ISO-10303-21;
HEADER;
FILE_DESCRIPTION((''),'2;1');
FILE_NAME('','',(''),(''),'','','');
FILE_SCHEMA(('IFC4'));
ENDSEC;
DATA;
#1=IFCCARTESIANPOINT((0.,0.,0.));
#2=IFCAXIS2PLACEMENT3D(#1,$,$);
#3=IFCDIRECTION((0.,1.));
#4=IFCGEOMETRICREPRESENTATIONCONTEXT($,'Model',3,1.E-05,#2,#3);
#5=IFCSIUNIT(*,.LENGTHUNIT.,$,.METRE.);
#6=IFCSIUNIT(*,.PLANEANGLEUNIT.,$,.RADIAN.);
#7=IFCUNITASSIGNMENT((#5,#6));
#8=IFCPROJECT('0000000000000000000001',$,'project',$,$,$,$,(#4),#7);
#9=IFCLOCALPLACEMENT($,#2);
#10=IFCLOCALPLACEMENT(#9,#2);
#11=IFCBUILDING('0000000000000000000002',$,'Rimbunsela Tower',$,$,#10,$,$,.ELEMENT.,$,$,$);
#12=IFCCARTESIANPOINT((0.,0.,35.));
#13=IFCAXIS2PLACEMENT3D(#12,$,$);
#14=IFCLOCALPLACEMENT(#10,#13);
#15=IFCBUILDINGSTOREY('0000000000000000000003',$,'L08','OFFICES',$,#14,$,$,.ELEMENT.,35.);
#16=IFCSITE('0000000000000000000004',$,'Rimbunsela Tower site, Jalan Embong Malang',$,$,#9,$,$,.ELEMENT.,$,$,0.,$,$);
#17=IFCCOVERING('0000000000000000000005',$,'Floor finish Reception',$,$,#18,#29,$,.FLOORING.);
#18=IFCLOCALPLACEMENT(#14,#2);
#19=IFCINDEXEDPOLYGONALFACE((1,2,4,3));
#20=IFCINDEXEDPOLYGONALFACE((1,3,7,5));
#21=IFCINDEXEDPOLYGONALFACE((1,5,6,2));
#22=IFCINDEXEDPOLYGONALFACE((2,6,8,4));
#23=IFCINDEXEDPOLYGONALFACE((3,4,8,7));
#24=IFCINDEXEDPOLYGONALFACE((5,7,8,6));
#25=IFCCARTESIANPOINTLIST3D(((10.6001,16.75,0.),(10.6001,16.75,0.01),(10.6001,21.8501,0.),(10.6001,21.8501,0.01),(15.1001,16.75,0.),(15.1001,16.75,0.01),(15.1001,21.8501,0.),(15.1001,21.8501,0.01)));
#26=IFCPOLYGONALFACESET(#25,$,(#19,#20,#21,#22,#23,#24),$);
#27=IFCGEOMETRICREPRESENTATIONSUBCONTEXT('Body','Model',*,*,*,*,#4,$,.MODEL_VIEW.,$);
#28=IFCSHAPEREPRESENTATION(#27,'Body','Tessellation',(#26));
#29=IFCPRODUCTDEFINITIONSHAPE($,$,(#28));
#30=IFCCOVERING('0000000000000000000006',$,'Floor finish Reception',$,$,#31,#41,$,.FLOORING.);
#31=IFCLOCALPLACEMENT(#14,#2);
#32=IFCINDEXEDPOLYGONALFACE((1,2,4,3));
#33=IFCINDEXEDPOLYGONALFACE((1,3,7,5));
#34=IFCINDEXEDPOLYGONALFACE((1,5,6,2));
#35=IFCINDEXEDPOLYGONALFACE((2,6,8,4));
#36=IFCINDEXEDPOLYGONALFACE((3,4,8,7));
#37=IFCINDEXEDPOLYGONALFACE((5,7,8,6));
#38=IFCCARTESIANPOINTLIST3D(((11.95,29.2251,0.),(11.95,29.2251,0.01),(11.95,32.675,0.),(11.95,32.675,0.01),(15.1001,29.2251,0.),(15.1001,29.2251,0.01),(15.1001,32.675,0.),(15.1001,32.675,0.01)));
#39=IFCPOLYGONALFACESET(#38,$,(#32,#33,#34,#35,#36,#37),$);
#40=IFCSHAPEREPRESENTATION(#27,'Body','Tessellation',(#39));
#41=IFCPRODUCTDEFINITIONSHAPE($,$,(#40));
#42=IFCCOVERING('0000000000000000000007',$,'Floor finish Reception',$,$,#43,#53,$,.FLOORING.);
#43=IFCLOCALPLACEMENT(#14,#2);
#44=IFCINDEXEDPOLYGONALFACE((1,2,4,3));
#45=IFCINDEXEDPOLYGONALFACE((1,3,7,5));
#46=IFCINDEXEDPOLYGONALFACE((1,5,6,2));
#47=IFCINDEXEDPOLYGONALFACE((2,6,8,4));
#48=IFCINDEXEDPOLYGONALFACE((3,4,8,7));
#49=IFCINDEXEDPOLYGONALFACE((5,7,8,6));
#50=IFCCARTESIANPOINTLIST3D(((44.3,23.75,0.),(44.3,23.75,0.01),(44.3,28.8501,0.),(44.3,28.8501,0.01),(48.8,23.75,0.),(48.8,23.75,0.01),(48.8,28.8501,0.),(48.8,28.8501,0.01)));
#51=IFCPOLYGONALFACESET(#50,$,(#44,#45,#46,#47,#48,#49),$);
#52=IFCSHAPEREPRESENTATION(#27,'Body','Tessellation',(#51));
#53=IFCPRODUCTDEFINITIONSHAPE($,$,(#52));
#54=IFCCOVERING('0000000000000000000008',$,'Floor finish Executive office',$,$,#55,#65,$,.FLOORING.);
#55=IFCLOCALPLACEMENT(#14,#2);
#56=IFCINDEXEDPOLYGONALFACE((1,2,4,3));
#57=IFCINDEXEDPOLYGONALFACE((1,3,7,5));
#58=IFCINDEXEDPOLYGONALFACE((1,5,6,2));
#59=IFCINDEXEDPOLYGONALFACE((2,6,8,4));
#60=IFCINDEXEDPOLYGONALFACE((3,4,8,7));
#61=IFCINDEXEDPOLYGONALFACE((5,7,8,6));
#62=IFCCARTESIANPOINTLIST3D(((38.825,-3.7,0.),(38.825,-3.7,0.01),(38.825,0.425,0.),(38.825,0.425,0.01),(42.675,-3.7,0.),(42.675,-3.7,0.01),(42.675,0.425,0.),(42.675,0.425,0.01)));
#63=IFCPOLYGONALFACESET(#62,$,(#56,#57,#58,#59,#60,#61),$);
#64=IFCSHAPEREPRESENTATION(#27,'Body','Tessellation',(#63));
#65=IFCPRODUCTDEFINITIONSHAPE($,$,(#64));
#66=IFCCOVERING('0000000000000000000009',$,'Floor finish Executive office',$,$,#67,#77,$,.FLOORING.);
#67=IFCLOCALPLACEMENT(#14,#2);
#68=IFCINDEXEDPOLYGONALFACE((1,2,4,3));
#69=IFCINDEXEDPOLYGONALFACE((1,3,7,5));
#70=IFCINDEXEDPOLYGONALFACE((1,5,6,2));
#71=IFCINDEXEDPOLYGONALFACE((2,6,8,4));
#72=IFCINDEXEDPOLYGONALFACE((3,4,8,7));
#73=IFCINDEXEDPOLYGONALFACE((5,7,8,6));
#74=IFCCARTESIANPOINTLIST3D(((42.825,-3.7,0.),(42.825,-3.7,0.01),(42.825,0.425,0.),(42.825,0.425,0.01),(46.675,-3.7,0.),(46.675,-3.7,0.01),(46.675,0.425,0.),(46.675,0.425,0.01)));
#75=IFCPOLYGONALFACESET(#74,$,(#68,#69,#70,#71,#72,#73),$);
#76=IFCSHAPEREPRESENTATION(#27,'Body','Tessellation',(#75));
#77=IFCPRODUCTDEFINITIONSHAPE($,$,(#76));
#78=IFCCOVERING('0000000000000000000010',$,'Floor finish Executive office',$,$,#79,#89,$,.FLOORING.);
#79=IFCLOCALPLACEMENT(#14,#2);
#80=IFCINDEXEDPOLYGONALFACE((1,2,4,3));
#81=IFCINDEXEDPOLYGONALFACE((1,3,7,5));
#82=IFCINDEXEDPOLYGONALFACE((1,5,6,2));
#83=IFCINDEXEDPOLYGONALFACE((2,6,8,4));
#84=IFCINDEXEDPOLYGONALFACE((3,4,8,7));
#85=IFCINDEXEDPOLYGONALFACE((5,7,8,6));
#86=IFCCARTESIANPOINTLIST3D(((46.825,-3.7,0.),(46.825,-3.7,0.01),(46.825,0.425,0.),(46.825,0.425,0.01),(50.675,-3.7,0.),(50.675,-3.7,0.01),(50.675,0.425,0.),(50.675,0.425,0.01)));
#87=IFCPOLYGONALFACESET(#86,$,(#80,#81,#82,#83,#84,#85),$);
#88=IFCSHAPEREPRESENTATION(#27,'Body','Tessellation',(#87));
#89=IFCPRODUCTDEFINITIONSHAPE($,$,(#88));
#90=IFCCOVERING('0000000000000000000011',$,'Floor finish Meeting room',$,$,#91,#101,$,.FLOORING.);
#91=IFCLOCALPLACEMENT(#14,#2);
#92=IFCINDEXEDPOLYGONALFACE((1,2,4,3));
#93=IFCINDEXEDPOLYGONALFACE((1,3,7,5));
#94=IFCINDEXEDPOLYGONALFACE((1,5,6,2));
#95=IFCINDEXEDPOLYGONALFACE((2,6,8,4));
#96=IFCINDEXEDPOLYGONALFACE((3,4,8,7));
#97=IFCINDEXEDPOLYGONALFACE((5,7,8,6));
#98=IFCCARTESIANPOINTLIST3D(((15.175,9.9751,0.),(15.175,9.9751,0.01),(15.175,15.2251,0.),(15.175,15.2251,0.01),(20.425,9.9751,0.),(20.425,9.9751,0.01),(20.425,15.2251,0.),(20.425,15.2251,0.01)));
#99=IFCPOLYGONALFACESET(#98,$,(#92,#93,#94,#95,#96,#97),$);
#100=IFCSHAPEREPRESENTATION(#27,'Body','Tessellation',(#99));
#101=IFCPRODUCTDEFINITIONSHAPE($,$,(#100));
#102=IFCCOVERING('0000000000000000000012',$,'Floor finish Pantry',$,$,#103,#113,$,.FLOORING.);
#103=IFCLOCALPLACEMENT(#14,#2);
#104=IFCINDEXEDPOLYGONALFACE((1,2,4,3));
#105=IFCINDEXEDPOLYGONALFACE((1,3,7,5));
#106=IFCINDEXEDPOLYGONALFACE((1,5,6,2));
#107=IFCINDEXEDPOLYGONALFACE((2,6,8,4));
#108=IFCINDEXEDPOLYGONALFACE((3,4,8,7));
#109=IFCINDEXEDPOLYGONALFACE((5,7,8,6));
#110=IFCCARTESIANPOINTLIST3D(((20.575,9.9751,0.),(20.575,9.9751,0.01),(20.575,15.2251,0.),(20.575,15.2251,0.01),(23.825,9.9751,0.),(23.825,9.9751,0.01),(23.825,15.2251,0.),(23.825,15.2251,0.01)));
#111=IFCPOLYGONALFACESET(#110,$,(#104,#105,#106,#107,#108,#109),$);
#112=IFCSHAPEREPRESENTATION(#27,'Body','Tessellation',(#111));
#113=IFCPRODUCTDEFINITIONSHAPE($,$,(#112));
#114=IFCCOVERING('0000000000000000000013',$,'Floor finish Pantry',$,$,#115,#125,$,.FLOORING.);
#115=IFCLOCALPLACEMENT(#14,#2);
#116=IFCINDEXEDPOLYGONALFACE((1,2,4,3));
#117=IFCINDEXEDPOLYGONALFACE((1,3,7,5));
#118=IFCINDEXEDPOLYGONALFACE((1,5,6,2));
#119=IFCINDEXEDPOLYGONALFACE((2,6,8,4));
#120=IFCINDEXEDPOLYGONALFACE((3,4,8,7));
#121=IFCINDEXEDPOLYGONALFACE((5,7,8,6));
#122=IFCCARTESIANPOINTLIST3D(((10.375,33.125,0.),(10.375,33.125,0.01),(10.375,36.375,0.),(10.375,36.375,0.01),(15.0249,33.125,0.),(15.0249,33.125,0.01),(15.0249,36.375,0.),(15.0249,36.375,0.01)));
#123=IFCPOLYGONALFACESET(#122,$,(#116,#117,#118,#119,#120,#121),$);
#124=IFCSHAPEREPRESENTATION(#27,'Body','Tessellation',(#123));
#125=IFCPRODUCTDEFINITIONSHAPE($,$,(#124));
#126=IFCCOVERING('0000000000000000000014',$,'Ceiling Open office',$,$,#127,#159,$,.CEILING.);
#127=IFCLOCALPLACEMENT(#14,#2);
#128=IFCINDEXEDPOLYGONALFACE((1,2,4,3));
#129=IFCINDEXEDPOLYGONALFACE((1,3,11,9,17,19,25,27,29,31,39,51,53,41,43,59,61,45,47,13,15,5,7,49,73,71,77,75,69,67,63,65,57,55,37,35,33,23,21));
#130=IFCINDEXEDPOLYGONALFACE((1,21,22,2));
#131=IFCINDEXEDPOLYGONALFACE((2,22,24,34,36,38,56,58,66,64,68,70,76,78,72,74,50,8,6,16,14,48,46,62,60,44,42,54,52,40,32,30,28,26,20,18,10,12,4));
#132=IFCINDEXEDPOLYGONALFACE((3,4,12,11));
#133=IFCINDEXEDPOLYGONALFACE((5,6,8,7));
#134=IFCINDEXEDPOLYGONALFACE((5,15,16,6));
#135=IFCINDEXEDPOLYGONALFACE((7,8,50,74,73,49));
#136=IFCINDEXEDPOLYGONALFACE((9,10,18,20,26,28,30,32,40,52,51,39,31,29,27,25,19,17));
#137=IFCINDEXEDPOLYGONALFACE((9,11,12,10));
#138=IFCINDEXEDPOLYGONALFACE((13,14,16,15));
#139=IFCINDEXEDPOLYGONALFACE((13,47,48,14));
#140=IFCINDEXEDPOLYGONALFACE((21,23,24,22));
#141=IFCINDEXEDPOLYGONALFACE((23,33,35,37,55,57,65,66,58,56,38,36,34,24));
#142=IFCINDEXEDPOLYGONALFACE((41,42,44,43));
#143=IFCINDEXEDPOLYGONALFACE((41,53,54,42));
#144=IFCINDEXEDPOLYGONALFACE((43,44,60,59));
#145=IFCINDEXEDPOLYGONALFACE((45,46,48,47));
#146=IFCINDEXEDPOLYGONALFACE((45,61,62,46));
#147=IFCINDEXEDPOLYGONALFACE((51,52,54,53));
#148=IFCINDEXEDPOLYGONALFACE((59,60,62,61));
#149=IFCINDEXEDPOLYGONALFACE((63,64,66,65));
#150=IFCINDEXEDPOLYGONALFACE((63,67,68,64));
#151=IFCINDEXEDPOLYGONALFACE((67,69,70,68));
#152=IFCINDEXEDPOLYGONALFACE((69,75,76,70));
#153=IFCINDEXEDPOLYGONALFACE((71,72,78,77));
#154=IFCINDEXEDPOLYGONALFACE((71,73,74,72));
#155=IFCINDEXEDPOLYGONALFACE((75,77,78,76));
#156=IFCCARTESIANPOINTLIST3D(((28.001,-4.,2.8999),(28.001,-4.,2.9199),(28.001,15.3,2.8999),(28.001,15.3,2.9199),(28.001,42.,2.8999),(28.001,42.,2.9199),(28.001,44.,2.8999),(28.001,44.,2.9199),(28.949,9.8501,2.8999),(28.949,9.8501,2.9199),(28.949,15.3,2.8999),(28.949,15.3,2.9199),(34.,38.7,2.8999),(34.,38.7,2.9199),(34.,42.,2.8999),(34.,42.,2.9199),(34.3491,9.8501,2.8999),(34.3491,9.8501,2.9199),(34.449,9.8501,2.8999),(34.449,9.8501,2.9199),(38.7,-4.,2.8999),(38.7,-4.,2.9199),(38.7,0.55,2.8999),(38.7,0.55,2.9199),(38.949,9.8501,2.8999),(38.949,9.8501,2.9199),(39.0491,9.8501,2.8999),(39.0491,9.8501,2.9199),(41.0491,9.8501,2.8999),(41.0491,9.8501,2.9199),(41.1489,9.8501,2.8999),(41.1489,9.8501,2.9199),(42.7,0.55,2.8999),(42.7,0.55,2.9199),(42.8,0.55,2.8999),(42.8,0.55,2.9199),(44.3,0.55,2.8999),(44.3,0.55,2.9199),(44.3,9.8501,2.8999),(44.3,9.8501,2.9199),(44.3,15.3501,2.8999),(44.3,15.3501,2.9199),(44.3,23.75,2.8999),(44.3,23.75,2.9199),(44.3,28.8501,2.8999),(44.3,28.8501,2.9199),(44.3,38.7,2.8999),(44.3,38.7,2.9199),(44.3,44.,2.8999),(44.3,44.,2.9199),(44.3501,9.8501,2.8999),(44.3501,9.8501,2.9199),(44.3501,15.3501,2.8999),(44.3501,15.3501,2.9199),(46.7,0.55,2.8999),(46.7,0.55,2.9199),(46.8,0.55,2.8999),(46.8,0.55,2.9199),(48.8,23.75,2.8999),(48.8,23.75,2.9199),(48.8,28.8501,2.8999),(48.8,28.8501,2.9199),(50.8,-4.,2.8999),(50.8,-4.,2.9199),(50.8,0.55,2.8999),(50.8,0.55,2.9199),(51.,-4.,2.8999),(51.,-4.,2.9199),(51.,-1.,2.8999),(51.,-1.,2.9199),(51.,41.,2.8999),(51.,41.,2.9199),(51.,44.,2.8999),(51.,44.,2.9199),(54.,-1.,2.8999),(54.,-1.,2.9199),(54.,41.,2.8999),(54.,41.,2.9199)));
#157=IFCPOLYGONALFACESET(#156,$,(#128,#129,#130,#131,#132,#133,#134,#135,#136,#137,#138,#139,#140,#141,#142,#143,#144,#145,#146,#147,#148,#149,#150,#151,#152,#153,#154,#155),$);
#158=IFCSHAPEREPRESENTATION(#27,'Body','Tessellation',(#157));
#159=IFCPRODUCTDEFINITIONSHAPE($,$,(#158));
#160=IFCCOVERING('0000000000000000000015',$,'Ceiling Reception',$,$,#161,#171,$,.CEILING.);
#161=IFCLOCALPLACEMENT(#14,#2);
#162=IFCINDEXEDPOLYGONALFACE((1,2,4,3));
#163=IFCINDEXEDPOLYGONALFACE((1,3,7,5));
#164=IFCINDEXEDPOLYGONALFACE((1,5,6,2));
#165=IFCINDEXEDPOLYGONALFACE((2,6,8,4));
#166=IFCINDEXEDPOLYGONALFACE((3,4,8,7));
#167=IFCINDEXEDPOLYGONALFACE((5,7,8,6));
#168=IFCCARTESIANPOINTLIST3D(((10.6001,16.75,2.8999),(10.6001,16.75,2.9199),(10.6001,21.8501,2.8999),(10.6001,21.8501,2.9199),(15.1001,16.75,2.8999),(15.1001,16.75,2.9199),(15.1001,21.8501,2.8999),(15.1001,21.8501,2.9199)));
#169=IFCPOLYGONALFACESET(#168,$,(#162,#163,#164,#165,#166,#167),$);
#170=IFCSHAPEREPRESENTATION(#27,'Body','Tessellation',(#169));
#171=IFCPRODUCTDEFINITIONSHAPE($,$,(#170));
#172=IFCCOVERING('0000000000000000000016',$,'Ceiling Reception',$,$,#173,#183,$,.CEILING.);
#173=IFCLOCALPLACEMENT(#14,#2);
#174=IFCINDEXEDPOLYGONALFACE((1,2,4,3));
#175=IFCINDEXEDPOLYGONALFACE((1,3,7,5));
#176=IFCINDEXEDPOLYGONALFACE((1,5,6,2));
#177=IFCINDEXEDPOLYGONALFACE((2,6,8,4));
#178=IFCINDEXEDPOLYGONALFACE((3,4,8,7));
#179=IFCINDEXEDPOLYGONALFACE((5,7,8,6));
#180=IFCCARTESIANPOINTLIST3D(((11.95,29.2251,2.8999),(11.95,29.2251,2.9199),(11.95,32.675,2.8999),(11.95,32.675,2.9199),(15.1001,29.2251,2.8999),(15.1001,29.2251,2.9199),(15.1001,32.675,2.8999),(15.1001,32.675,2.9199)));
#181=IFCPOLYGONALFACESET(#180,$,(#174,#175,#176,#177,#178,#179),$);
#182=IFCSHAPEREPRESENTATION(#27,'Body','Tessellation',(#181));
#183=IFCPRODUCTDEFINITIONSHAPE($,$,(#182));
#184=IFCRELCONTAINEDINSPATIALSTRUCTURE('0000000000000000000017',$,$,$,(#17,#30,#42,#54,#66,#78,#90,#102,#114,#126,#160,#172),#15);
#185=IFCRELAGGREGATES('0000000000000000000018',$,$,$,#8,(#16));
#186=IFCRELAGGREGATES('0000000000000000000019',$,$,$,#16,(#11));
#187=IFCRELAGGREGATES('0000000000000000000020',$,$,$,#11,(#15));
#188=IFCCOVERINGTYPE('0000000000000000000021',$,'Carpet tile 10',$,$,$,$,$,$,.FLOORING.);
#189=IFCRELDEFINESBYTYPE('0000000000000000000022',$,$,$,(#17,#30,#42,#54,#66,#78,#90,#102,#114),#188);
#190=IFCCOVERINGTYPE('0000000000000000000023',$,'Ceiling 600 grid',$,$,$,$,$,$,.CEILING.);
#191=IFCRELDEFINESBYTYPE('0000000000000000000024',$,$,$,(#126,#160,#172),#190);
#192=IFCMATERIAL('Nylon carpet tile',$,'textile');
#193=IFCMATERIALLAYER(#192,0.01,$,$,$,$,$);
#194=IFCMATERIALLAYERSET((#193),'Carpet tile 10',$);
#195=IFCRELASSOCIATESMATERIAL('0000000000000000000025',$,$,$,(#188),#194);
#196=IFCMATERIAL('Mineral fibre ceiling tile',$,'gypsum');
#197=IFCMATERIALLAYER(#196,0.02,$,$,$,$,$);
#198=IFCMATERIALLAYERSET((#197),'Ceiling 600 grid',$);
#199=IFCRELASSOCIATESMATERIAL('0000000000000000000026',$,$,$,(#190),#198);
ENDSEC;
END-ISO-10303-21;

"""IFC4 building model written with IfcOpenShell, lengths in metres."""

from ifc_helpers import new_model, si_unit, direction, frame, origin, place, context, subcontext, project, spatial, polyline, outline, extrude, material, layer, layer_set, type_object, element, save


model = new_model("IFC4")

# Units and contexts
model_context = context("Model", 3, precision=1e-05, world=origin(), true_north=direction((0.0, 1.0)))
body_context = subcontext(model_context, "Body", "Model", "MODEL_VIEW")
ifc_project = project(units=[si_unit("LENGTHUNIT", "METRE"), si_unit("PLANEANGLEUNIT", "RADIAN")], contexts=[model_context])

# Site, building, storey
site_placement = place(None, origin())
site = spatial("IfcSite", under=ifc_project, at=site_placement, Name="Rimbunsela Tower site, Jalan Embong Malang", CompositionType="ELEMENT", RefElevation=0.0)
building_placement = place(site_placement, origin())
building = spatial("IfcBuilding", under=site, at=building_placement, Name="Rimbunsela Tower", CompositionType="ELEMENT")
storey_placement = place(building_placement, frame((0.0, 0.0, 35.0)))
storey = spatial("IfcBuildingStorey", under=building, at=storey_placement, Name="L08", Description="OFFICES", CompositionType="ELEMENT", Elevation=35.0)

# Coverings
ifc_material_1 = material(Name="Nylon carpet tile", Category="textile")
ifc_layer_1 = layer(ifc_material_1, 0.01)
ifc_layer_set_1 = layer_set([ifc_layer_1], Name="Carpet tile 10")
covering_type_1 = type_object("IfcCoveringType", Name="Carpet tile 10", PredefinedType="FLOORING", material=ifc_layer_set_1)
covering_1_placement = place(storey_placement, origin())
element("IfcCovering", 1, at=covering_1_placement, inside=storey, type_object=covering_type_1, Name="Floor finish Reception", PredefinedType="FLOORING", context=body_context, shape_type="SweptSolid", body=[
    extrude(outline(polyline([(15.1001, 16.75), (15.1001, 21.8501), (10.6001, 21.8501), (10.6001, 16.75), (15.1001, 16.75)])), origin(), (0.0, 0.0, 1.0), 0.01),
])
covering_2_placement = place(storey_placement, origin())
element("IfcCovering", 2, at=covering_2_placement, inside=storey, type_object=covering_type_1, Name="Floor finish Reception", PredefinedType="FLOORING", context=body_context, shape_type="SweptSolid", body=[
    extrude(outline(polyline([(15.1001, 29.2251), (15.1001, 32.675), (11.95, 32.675), (11.95, 29.2251), (15.1001, 29.2251)])), origin(), (0.0, 0.0, 1.0), 0.01),
])
covering_3_placement = place(storey_placement, origin())
element("IfcCovering", 3, at=covering_3_placement, inside=storey, type_object=covering_type_1, Name="Floor finish Reception", PredefinedType="FLOORING", context=body_context, shape_type="SweptSolid", body=[
    extrude(outline(polyline([(48.8, 23.75), (48.8, 28.8501), (44.3, 28.8501), (44.3, 23.75), (48.8, 23.75)])), origin(), (0.0, 0.0, 1.0), 0.01),
])
covering_4_placement = place(storey_placement, origin())
element("IfcCovering", 4, at=covering_4_placement, inside=storey, type_object=covering_type_1, Name="Floor finish Executive office", PredefinedType="FLOORING", context=body_context, shape_type="SweptSolid", body=[
    extrude(outline(polyline([(42.675, -3.7), (42.675, 0.425), (38.825, 0.425), (38.825, -3.7), (42.675, -3.7)])), origin(), (0.0, 0.0, 1.0), 0.01),
])
covering_5_placement = place(storey_placement, origin())
element("IfcCovering", 5, at=covering_5_placement, inside=storey, type_object=covering_type_1, Name="Floor finish Executive office", PredefinedType="FLOORING", context=body_context, shape_type="SweptSolid", body=[
    extrude(outline(polyline([(46.675, -3.7), (46.675, 0.425), (42.825, 0.425), (42.825, -3.7), (46.675, -3.7)])), origin(), (0.0, 0.0, 1.0), 0.01),
])
covering_6_placement = place(storey_placement, origin())
element("IfcCovering", 6, at=covering_6_placement, inside=storey, type_object=covering_type_1, Name="Floor finish Executive office", PredefinedType="FLOORING", context=body_context, shape_type="SweptSolid", body=[
    extrude(outline(polyline([(50.675, -3.7), (50.675, 0.425), (46.825, 0.425), (46.825, -3.7), (50.675, -3.7)])), origin(), (0.0, 0.0, 1.0), 0.01),
])
covering_7_placement = place(storey_placement, origin())
element("IfcCovering", 7, at=covering_7_placement, inside=storey, type_object=covering_type_1, Name="Floor finish Meeting room", PredefinedType="FLOORING", context=body_context, shape_type="SweptSolid", body=[
    extrude(outline(polyline([(20.425, 9.9751), (20.425, 15.2251), (15.175, 15.2251), (15.175, 9.9751), (20.425, 9.9751)])), origin(), (0.0, 0.0, 1.0), 0.01),
])
covering_8_placement = place(storey_placement, origin())
element("IfcCovering", 8, at=covering_8_placement, inside=storey, type_object=covering_type_1, Name="Floor finish Pantry", PredefinedType="FLOORING", context=body_context, shape_type="SweptSolid", body=[
    extrude(outline(polyline([(23.825, 9.9751), (23.825, 15.2251), (20.575, 15.2251), (20.575, 9.9751), (23.825, 9.9751)])), origin(), (0.0, 0.0, 1.0), 0.01),
])
covering_9_placement = place(storey_placement, origin())
element("IfcCovering", 9, at=covering_9_placement, inside=storey, type_object=covering_type_1, Name="Floor finish Pantry", PredefinedType="FLOORING", context=body_context, shape_type="SweptSolid", body=[
    extrude(outline(polyline([(15.0249, 33.125), (15.0249, 36.375), (10.375, 36.375), (10.375, 33.125), (15.0249, 33.125)])), origin(), (0.0, 0.0, 1.0), 0.01),
])
ifc_material_2 = material(Name="Mineral fibre ceiling tile", Category="gypsum")
ifc_layer_2 = layer(ifc_material_2, 0.02)
ifc_layer_set_2 = layer_set([ifc_layer_2], Name="Ceiling 600 grid")
covering_type_2 = type_object("IfcCoveringType", Name="Ceiling 600 grid", PredefinedType="CEILING", material=ifc_layer_set_2)
covering_10_placement = place(storey_placement, frame((0.0, 0.0, 2.8999)))
element("IfcCovering", 10, at=covering_10_placement, inside=storey, type_object=covering_type_2, Name="Ceiling Open office", PredefinedType="CEILING", context=body_context, shape_type="SweptSolid", body=[
    extrude(outline(polyline([(42.7, 0.55), (38.7, 0.55), (38.7, -4.0), (28.001, -4.0), (28.001, 15.3), (28.949, 15.3), (28.949, 9.8501), (34.3491, 9.8501), (34.449, 9.8501), (38.949, 9.8501), (39.0491, 9.8501), (41.0491, 9.8501), (41.1489, 9.8501), (44.3, 9.8501), (44.3501, 9.8501), (44.3501, 15.3501), (44.3, 15.3501), (44.3, 23.75), (48.8, 23.75), (48.8, 28.8501), (44.3, 28.8501), (44.3, 38.7), (34.0, 38.7), (34.0, 42.0), (28.001, 42.0), (28.001, 44.0), (44.3, 44.0), (51.0, 44.0), (51.0, 41.0), (54.0, 41.0), (54.0, -1.0), (51.0, -1.0), (51.0, -4.0), (50.8, -4.0), (50.8, 0.55), (46.8, 0.55), (46.7, 0.55), (44.3, 0.55), (42.8, 0.55), (42.7, 0.55)])), origin(), (0.0, 0.0, 1.0), 0.02),
])
covering_11_placement = place(storey_placement, frame((0.0, 0.0, 2.8999)))
element("IfcCovering", 11, at=covering_11_placement, inside=storey, type_object=covering_type_2, Name="Ceiling Reception", PredefinedType="CEILING", context=body_context, shape_type="SweptSolid", body=[
    extrude(outline(polyline([(15.1001, 16.75), (15.1001, 21.8501), (10.6001, 21.8501), (10.6001, 16.75), (15.1001, 16.75)])), origin(), (0.0, 0.0, 1.0), 0.02),
])
covering_12_placement = place(storey_placement, frame((0.0, 0.0, 2.8999)))
element("IfcCovering", 12, at=covering_12_placement, inside=storey, type_object=covering_type_2, Name="Ceiling Reception", PredefinedType="CEILING", context=body_context, shape_type="SweptSolid", body=[
    extrude(outline(polyline([(15.1001, 29.2251), (15.1001, 32.675), (11.95, 32.675), (11.95, 29.2251), (15.1001, 29.2251)])), origin(), (0.0, 0.0, 1.0), 0.02),
])

save(model, "model.ifc")
